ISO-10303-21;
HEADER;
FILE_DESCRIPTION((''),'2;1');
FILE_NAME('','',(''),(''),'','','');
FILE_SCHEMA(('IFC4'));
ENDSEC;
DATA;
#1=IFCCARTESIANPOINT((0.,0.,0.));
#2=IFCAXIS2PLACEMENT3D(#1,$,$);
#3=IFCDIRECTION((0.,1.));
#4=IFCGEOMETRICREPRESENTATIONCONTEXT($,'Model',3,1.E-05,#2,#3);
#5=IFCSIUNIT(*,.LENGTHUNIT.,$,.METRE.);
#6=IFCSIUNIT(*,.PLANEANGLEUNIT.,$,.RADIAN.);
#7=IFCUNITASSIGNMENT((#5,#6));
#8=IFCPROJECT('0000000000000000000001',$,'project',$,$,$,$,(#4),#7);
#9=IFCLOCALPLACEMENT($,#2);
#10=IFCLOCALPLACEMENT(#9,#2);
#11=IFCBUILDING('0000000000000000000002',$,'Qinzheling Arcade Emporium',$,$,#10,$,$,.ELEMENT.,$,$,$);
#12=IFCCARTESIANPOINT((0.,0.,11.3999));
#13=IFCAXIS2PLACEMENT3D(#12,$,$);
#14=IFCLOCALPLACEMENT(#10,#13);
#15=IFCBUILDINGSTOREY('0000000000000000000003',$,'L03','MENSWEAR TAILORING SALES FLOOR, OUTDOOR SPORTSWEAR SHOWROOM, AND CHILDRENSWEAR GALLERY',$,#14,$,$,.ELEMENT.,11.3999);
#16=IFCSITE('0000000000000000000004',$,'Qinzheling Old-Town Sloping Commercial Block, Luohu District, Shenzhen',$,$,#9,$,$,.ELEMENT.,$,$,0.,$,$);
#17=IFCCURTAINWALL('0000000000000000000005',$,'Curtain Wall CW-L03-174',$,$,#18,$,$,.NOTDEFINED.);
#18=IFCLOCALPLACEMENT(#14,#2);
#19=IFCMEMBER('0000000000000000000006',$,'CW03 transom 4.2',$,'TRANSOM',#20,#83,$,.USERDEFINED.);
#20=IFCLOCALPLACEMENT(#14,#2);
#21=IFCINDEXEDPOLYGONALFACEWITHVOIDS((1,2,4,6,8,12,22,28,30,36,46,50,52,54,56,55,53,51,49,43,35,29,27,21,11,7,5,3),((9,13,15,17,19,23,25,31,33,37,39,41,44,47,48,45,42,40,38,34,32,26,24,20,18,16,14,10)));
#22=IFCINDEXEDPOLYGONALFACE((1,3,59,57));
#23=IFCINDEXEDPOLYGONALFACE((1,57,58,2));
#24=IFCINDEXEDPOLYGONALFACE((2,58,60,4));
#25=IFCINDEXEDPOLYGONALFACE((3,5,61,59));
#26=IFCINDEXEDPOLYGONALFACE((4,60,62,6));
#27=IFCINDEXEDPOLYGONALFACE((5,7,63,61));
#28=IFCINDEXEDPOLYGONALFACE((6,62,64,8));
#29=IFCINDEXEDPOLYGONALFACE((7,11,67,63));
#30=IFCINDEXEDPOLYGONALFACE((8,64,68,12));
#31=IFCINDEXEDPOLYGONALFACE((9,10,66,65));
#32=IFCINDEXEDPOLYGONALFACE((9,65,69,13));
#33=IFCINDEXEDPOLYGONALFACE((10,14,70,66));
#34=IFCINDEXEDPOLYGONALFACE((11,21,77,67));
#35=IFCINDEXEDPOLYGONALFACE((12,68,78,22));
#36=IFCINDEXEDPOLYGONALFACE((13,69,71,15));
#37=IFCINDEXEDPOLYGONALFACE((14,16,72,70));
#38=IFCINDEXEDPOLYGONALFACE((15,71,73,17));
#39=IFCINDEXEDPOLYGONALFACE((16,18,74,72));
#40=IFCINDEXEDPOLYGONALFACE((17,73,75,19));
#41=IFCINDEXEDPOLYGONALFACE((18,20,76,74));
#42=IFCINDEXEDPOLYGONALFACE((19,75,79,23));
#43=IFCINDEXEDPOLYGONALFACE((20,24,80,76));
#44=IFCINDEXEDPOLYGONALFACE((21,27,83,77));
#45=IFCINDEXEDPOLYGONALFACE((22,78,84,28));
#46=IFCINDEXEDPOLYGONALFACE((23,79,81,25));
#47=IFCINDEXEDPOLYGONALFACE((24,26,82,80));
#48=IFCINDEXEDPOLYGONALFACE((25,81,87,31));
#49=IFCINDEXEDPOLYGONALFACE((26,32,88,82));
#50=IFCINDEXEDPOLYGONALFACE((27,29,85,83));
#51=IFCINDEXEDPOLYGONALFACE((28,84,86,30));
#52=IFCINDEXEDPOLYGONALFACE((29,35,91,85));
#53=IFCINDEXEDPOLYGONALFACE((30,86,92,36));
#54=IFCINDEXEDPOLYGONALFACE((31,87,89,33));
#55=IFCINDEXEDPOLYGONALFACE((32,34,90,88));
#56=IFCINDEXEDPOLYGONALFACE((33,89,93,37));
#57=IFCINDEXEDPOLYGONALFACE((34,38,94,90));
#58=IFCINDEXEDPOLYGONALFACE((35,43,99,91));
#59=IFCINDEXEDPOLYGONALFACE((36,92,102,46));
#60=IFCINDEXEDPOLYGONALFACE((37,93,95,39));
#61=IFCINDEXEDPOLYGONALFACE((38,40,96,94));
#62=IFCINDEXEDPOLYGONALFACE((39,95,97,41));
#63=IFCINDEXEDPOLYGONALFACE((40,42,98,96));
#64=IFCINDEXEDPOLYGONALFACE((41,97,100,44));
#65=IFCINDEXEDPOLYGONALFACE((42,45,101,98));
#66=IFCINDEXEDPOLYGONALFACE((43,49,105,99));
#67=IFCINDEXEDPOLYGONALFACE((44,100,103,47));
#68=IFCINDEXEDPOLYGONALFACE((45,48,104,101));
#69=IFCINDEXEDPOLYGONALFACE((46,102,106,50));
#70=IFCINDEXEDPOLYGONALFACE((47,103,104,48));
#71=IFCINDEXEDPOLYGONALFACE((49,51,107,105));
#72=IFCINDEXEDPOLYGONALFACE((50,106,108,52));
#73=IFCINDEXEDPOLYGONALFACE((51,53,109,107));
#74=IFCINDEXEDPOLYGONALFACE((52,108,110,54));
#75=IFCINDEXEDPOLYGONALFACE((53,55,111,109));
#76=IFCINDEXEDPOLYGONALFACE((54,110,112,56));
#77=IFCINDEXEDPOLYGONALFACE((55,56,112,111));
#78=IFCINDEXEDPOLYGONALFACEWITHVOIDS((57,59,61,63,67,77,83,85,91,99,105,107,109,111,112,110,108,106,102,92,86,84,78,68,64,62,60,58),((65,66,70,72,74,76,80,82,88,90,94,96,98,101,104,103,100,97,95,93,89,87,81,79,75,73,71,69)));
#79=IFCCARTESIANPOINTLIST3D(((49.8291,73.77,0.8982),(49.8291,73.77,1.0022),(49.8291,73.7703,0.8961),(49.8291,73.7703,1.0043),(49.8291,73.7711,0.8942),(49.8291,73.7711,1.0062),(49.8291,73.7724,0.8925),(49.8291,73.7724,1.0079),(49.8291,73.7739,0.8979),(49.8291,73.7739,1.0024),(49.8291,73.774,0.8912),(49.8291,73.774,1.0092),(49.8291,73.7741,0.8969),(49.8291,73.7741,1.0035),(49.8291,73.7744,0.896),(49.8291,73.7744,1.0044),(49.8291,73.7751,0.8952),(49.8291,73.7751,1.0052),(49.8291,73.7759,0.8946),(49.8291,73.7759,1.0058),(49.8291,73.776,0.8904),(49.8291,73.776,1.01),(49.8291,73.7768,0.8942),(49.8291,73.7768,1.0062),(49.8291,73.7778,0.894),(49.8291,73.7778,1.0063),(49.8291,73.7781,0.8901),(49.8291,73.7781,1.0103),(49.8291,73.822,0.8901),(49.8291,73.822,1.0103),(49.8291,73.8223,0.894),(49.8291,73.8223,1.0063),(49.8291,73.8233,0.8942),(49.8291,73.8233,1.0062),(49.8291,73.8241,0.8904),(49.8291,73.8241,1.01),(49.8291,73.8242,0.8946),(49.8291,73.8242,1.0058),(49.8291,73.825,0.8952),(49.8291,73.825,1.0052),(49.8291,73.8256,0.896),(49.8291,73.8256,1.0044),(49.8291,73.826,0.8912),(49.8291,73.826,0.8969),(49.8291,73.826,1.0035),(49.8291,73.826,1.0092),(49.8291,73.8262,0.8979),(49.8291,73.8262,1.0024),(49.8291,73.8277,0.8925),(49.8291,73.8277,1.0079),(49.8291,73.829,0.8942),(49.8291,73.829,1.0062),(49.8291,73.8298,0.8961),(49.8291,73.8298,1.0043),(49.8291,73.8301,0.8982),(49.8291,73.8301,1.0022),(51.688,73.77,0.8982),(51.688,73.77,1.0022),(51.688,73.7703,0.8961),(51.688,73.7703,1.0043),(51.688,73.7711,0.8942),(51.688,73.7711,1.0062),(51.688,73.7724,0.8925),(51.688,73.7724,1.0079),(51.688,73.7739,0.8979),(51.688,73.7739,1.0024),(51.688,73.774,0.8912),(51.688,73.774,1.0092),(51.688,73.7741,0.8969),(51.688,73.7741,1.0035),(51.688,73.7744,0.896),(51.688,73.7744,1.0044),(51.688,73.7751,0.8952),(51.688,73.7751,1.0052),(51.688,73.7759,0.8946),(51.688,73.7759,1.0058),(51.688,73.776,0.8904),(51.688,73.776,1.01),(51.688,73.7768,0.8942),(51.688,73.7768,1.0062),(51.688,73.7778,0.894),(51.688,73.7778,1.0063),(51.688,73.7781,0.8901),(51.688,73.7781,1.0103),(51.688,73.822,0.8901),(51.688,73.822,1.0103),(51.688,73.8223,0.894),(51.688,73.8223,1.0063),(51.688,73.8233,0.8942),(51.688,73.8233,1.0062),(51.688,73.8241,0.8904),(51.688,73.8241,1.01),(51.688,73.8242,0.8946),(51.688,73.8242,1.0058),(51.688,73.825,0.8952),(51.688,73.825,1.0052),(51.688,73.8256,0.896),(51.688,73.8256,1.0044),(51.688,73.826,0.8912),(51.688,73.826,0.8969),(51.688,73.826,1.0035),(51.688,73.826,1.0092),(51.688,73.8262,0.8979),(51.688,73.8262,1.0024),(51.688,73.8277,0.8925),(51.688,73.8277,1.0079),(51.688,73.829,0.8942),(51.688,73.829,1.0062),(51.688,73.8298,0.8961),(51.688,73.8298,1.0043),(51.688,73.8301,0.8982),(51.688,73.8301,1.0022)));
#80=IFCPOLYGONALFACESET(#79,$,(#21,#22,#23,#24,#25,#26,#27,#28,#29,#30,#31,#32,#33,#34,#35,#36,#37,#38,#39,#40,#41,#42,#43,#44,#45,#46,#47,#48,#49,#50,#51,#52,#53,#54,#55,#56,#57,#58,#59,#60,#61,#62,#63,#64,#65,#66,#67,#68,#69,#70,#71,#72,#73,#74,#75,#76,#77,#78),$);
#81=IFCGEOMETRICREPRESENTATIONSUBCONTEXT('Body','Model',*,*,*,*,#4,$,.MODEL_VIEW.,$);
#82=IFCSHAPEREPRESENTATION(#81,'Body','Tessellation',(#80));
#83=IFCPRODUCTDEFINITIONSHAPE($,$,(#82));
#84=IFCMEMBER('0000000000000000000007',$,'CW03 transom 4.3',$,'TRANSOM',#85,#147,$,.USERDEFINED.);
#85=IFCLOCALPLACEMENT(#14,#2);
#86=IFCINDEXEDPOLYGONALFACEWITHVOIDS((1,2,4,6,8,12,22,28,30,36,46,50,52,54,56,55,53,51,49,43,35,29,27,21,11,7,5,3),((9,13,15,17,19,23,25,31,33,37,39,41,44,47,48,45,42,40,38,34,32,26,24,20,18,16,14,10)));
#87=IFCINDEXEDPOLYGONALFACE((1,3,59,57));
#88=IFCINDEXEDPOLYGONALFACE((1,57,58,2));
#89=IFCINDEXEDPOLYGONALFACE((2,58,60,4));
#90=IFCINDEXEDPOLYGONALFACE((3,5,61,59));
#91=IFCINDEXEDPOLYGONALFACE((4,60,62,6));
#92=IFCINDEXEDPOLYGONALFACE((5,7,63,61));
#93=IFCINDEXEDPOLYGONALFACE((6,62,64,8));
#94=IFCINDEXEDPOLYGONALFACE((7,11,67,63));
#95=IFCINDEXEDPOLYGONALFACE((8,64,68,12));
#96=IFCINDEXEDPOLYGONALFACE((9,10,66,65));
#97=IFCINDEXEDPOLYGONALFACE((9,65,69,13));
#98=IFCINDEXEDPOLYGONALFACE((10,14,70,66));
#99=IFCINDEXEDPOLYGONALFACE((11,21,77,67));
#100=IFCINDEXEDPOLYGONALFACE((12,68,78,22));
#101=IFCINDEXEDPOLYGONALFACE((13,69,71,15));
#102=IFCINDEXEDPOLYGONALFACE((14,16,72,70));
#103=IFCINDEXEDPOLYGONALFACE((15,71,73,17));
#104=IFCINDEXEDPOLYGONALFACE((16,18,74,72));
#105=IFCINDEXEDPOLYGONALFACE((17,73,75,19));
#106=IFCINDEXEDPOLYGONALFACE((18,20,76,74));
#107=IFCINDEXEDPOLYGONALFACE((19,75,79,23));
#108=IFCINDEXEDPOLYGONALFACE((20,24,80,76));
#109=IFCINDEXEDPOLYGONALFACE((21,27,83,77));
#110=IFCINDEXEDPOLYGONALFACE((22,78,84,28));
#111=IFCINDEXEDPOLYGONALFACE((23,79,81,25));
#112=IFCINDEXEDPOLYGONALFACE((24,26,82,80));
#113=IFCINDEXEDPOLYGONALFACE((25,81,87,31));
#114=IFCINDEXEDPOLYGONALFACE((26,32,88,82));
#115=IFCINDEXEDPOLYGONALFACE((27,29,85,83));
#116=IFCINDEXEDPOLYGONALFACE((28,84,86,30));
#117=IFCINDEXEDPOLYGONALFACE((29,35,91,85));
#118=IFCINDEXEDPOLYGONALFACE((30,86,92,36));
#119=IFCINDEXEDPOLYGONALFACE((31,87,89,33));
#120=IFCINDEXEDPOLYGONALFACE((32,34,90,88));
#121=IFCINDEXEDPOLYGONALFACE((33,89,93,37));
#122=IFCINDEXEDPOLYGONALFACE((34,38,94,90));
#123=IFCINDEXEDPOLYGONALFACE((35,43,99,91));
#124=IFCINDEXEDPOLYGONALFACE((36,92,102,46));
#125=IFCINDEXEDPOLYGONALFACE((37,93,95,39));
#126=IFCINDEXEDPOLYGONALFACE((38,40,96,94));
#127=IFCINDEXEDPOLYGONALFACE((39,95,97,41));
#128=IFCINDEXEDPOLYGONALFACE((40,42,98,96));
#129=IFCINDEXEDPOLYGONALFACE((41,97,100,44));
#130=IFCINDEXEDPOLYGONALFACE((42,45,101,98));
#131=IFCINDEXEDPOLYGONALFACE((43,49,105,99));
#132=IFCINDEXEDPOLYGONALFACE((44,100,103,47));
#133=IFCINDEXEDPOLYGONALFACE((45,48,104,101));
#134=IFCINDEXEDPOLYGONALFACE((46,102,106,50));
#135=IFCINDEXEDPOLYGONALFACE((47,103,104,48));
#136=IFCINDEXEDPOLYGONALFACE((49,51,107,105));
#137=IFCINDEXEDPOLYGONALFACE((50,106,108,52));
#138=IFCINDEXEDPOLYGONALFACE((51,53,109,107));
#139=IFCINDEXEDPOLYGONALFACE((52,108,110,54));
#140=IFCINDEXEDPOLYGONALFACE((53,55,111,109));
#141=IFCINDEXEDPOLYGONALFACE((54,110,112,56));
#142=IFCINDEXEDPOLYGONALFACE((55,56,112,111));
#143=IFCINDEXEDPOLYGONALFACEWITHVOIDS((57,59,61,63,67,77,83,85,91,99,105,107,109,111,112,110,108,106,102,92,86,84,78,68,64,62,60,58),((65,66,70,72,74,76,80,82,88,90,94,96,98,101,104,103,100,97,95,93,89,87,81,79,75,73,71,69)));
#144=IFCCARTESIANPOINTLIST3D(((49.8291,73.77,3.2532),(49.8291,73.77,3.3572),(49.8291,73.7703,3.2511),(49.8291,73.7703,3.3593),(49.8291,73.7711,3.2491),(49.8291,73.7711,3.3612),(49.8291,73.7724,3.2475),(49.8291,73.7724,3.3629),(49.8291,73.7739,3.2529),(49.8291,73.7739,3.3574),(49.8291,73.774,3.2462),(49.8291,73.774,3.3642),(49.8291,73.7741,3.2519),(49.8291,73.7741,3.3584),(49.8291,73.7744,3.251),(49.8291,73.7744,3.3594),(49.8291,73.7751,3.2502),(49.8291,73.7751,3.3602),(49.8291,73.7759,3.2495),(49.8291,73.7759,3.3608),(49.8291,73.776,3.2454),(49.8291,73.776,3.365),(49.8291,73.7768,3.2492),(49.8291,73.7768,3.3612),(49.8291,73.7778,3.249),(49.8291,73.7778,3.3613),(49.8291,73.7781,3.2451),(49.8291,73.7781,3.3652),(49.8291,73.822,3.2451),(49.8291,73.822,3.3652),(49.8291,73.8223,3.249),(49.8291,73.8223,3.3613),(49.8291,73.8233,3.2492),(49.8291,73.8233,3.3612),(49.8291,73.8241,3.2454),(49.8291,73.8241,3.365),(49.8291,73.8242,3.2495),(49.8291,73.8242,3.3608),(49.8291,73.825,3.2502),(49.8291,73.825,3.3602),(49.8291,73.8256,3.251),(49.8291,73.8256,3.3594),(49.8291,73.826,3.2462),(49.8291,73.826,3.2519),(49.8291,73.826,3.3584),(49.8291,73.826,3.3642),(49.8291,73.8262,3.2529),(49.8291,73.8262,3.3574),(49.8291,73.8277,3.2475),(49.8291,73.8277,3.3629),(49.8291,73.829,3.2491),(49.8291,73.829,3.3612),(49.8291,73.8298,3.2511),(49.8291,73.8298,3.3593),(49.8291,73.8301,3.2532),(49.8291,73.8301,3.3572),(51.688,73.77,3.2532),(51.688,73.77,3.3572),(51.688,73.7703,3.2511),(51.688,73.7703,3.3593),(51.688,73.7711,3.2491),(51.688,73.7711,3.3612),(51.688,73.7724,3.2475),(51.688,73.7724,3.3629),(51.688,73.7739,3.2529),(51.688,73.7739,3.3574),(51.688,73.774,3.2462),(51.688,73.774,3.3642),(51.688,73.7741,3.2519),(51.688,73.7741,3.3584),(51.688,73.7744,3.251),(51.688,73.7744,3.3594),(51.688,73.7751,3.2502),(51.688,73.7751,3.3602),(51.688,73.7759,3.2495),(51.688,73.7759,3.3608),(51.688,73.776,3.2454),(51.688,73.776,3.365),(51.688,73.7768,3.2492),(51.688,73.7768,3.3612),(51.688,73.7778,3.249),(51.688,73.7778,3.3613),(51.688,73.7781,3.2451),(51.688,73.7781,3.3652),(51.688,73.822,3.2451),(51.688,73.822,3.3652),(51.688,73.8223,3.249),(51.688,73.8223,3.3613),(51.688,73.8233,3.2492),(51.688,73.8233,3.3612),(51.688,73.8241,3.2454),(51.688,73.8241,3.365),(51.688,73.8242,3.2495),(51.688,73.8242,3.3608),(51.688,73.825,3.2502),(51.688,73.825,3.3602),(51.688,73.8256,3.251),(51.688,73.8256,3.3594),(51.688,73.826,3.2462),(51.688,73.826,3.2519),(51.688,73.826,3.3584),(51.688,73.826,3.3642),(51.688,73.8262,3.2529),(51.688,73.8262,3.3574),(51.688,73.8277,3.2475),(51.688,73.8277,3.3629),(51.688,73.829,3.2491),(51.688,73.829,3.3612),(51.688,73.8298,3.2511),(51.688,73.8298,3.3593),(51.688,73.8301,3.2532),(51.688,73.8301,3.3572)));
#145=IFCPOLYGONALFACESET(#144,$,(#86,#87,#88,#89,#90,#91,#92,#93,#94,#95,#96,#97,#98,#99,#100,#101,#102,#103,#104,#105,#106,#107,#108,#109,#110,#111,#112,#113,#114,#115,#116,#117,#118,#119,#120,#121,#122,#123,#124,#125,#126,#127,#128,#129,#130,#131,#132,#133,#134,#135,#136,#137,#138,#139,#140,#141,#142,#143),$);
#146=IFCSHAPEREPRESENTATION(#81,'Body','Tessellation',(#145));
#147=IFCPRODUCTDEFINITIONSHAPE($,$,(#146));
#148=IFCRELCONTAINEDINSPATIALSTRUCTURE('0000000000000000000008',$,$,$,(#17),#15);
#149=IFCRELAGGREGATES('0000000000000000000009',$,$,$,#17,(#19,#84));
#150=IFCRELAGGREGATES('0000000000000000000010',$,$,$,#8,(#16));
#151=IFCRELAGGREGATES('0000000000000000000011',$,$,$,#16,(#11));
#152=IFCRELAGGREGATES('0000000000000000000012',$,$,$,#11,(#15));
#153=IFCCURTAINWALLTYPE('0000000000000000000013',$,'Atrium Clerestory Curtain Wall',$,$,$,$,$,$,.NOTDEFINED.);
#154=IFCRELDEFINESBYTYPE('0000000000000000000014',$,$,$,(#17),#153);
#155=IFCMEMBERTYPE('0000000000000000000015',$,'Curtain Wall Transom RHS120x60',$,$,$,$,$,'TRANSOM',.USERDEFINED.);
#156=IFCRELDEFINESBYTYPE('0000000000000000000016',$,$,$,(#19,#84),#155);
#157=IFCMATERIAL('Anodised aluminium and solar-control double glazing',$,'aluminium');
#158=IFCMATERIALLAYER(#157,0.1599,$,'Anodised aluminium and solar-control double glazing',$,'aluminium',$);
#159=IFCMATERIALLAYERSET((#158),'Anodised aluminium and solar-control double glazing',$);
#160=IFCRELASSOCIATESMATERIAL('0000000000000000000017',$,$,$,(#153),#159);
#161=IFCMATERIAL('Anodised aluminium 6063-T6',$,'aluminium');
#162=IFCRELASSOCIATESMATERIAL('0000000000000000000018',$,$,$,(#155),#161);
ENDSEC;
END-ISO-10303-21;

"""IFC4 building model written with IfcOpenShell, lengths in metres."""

from ifc_helpers import new_model, si_unit, direction, frame, origin, origin_2d, place, context, subcontext, project, spatial, hollow_rectangle, extrude, material, layer, layer_set, material_profile, profile_set, type_object, element, aggregate, save


model = new_model("IFC4")

# Units and contexts
model_context = context("Model", 3, precision=1e-05, world=origin(), true_north=direction((0.0, 1.0)))
body_context = subcontext(model_context, "Body", "Model", "MODEL_VIEW")
ifc_project = project(units=[si_unit("LENGTHUNIT", "METRE"), si_unit("PLANEANGLEUNIT", "RADIAN")], contexts=[model_context])

# Site, building, storey
site_placement = place(None, origin())
site = spatial("IfcSite", under=ifc_project, at=site_placement, Name="Qinzheling Old-Town Sloping Commercial Block, Luohu District, Shenzhen", CompositionType="ELEMENT", RefElevation=0.0)
building_placement = place(site_placement, origin())
building = spatial("IfcBuilding", under=site, at=building_placement, Name="Qinzheling Arcade Emporium", CompositionType="ELEMENT")
storey_placement = place(building_placement, frame((0.0, 0.0, 11.3999)))
storey = spatial("IfcBuildingStorey", under=building, at=storey_placement, Name="L03", Description="MENSWEAR TAILORING SALES FLOOR, OUTDOOR SPORTSWEAR SHOWROOM, AND CHILDRENSWEAR GALLERY", CompositionType="ELEMENT", Elevation=11.3999)

# Curtain wall, members
ifc_material_1 = material(Name="Anodised aluminium and solar-control double glazing", Category="aluminium")
ifc_layer_1 = layer(ifc_material_1, 0.1599, Name="Anodised aluminium and solar-control double glazing", Category="aluminium")
ifc_layer_set_1 = layer_set([ifc_layer_1], Name="Anodised aluminium and solar-control double glazing")
curtain_wall_type = type_object("IfcCurtainWallType", Name="Atrium Clerestory Curtain Wall", PredefinedType="NOTDEFINED", material=ifc_layer_set_1)
curtain_wall_placement = place(storey_placement, origin())
curtain_wall = element("IfcCurtainWall", 1, at=curtain_wall_placement, inside=storey, type_object=curtain_wall_type, Name="Curtain Wall CW-L03-174", PredefinedType="NOTDEFINED")
ifc_material_2 = material(Name="Anodised aluminium 6063-T6", Category="aluminium")
ifc_material_profile_1 = material_profile(ifc_material_2, hollow_rectangle(XDim=0.0601, YDim=0.1201, WallThickness=0.0039, InnerFilletRadius=0.0039, OuterFilletRadius=0.0081, at=origin_2d()), Name="RHS 120x60x4", Category="aluminium")
ifc_profile_set_1 = profile_set([ifc_material_profile_1], Name="Anodised aluminium 6063-T6")
member_type_1 = type_object("IfcMemberType", Name="Curtain Wall Transom RHS120x60", ElementType="TRANSOM", PredefinedType="USERDEFINED", material=ifc_profile_set_1)
member_1_placement = place(storey_placement, frame((49.8291, 73.8, 0.9502), z_axis=(1.0, 0.0, 0.0), x_axis=(0.0, 1.0, 0.0)))
member_1 = element("IfcMember", 2, at=member_1_placement, type_object=member_type_1, Name="CW03 transom 4.2", ObjectType="TRANSOM", PredefinedType="USERDEFINED", context=body_context, shape_type="SweptSolid", body=[
    extrude(hollow_rectangle(XDim=0.0601, YDim=0.1201, WallThickness=0.0039, InnerFilletRadius=0.0039, OuterFilletRadius=0.0081, at=origin_2d()), origin(), (0.0, 0.0, 1.0), 1.8589),
])
member_2_placement = place(storey_placement, frame((49.8291, 73.8, 3.3052), z_axis=(1.0, 0.0, 0.0), x_axis=(0.0, 1.0, 0.0)))
member_2 = element("IfcMember", 3, at=member_2_placement, type_object=member_type_1, Name="CW03 transom 4.3", ObjectType="TRANSOM", PredefinedType="USERDEFINED", context=body_context, shape_type="SweptSolid", body=[
    extrude(hollow_rectangle(XDim=0.0601, YDim=0.1201, WallThickness=0.0039, InnerFilletRadius=0.0039, OuterFilletRadius=0.0081, at=origin_2d()), origin(), (0.0, 0.0, 1.0), 1.8589),
])
aggregate(curtain_wall, [member_1, member_2])

save(model, "model.ifc")
